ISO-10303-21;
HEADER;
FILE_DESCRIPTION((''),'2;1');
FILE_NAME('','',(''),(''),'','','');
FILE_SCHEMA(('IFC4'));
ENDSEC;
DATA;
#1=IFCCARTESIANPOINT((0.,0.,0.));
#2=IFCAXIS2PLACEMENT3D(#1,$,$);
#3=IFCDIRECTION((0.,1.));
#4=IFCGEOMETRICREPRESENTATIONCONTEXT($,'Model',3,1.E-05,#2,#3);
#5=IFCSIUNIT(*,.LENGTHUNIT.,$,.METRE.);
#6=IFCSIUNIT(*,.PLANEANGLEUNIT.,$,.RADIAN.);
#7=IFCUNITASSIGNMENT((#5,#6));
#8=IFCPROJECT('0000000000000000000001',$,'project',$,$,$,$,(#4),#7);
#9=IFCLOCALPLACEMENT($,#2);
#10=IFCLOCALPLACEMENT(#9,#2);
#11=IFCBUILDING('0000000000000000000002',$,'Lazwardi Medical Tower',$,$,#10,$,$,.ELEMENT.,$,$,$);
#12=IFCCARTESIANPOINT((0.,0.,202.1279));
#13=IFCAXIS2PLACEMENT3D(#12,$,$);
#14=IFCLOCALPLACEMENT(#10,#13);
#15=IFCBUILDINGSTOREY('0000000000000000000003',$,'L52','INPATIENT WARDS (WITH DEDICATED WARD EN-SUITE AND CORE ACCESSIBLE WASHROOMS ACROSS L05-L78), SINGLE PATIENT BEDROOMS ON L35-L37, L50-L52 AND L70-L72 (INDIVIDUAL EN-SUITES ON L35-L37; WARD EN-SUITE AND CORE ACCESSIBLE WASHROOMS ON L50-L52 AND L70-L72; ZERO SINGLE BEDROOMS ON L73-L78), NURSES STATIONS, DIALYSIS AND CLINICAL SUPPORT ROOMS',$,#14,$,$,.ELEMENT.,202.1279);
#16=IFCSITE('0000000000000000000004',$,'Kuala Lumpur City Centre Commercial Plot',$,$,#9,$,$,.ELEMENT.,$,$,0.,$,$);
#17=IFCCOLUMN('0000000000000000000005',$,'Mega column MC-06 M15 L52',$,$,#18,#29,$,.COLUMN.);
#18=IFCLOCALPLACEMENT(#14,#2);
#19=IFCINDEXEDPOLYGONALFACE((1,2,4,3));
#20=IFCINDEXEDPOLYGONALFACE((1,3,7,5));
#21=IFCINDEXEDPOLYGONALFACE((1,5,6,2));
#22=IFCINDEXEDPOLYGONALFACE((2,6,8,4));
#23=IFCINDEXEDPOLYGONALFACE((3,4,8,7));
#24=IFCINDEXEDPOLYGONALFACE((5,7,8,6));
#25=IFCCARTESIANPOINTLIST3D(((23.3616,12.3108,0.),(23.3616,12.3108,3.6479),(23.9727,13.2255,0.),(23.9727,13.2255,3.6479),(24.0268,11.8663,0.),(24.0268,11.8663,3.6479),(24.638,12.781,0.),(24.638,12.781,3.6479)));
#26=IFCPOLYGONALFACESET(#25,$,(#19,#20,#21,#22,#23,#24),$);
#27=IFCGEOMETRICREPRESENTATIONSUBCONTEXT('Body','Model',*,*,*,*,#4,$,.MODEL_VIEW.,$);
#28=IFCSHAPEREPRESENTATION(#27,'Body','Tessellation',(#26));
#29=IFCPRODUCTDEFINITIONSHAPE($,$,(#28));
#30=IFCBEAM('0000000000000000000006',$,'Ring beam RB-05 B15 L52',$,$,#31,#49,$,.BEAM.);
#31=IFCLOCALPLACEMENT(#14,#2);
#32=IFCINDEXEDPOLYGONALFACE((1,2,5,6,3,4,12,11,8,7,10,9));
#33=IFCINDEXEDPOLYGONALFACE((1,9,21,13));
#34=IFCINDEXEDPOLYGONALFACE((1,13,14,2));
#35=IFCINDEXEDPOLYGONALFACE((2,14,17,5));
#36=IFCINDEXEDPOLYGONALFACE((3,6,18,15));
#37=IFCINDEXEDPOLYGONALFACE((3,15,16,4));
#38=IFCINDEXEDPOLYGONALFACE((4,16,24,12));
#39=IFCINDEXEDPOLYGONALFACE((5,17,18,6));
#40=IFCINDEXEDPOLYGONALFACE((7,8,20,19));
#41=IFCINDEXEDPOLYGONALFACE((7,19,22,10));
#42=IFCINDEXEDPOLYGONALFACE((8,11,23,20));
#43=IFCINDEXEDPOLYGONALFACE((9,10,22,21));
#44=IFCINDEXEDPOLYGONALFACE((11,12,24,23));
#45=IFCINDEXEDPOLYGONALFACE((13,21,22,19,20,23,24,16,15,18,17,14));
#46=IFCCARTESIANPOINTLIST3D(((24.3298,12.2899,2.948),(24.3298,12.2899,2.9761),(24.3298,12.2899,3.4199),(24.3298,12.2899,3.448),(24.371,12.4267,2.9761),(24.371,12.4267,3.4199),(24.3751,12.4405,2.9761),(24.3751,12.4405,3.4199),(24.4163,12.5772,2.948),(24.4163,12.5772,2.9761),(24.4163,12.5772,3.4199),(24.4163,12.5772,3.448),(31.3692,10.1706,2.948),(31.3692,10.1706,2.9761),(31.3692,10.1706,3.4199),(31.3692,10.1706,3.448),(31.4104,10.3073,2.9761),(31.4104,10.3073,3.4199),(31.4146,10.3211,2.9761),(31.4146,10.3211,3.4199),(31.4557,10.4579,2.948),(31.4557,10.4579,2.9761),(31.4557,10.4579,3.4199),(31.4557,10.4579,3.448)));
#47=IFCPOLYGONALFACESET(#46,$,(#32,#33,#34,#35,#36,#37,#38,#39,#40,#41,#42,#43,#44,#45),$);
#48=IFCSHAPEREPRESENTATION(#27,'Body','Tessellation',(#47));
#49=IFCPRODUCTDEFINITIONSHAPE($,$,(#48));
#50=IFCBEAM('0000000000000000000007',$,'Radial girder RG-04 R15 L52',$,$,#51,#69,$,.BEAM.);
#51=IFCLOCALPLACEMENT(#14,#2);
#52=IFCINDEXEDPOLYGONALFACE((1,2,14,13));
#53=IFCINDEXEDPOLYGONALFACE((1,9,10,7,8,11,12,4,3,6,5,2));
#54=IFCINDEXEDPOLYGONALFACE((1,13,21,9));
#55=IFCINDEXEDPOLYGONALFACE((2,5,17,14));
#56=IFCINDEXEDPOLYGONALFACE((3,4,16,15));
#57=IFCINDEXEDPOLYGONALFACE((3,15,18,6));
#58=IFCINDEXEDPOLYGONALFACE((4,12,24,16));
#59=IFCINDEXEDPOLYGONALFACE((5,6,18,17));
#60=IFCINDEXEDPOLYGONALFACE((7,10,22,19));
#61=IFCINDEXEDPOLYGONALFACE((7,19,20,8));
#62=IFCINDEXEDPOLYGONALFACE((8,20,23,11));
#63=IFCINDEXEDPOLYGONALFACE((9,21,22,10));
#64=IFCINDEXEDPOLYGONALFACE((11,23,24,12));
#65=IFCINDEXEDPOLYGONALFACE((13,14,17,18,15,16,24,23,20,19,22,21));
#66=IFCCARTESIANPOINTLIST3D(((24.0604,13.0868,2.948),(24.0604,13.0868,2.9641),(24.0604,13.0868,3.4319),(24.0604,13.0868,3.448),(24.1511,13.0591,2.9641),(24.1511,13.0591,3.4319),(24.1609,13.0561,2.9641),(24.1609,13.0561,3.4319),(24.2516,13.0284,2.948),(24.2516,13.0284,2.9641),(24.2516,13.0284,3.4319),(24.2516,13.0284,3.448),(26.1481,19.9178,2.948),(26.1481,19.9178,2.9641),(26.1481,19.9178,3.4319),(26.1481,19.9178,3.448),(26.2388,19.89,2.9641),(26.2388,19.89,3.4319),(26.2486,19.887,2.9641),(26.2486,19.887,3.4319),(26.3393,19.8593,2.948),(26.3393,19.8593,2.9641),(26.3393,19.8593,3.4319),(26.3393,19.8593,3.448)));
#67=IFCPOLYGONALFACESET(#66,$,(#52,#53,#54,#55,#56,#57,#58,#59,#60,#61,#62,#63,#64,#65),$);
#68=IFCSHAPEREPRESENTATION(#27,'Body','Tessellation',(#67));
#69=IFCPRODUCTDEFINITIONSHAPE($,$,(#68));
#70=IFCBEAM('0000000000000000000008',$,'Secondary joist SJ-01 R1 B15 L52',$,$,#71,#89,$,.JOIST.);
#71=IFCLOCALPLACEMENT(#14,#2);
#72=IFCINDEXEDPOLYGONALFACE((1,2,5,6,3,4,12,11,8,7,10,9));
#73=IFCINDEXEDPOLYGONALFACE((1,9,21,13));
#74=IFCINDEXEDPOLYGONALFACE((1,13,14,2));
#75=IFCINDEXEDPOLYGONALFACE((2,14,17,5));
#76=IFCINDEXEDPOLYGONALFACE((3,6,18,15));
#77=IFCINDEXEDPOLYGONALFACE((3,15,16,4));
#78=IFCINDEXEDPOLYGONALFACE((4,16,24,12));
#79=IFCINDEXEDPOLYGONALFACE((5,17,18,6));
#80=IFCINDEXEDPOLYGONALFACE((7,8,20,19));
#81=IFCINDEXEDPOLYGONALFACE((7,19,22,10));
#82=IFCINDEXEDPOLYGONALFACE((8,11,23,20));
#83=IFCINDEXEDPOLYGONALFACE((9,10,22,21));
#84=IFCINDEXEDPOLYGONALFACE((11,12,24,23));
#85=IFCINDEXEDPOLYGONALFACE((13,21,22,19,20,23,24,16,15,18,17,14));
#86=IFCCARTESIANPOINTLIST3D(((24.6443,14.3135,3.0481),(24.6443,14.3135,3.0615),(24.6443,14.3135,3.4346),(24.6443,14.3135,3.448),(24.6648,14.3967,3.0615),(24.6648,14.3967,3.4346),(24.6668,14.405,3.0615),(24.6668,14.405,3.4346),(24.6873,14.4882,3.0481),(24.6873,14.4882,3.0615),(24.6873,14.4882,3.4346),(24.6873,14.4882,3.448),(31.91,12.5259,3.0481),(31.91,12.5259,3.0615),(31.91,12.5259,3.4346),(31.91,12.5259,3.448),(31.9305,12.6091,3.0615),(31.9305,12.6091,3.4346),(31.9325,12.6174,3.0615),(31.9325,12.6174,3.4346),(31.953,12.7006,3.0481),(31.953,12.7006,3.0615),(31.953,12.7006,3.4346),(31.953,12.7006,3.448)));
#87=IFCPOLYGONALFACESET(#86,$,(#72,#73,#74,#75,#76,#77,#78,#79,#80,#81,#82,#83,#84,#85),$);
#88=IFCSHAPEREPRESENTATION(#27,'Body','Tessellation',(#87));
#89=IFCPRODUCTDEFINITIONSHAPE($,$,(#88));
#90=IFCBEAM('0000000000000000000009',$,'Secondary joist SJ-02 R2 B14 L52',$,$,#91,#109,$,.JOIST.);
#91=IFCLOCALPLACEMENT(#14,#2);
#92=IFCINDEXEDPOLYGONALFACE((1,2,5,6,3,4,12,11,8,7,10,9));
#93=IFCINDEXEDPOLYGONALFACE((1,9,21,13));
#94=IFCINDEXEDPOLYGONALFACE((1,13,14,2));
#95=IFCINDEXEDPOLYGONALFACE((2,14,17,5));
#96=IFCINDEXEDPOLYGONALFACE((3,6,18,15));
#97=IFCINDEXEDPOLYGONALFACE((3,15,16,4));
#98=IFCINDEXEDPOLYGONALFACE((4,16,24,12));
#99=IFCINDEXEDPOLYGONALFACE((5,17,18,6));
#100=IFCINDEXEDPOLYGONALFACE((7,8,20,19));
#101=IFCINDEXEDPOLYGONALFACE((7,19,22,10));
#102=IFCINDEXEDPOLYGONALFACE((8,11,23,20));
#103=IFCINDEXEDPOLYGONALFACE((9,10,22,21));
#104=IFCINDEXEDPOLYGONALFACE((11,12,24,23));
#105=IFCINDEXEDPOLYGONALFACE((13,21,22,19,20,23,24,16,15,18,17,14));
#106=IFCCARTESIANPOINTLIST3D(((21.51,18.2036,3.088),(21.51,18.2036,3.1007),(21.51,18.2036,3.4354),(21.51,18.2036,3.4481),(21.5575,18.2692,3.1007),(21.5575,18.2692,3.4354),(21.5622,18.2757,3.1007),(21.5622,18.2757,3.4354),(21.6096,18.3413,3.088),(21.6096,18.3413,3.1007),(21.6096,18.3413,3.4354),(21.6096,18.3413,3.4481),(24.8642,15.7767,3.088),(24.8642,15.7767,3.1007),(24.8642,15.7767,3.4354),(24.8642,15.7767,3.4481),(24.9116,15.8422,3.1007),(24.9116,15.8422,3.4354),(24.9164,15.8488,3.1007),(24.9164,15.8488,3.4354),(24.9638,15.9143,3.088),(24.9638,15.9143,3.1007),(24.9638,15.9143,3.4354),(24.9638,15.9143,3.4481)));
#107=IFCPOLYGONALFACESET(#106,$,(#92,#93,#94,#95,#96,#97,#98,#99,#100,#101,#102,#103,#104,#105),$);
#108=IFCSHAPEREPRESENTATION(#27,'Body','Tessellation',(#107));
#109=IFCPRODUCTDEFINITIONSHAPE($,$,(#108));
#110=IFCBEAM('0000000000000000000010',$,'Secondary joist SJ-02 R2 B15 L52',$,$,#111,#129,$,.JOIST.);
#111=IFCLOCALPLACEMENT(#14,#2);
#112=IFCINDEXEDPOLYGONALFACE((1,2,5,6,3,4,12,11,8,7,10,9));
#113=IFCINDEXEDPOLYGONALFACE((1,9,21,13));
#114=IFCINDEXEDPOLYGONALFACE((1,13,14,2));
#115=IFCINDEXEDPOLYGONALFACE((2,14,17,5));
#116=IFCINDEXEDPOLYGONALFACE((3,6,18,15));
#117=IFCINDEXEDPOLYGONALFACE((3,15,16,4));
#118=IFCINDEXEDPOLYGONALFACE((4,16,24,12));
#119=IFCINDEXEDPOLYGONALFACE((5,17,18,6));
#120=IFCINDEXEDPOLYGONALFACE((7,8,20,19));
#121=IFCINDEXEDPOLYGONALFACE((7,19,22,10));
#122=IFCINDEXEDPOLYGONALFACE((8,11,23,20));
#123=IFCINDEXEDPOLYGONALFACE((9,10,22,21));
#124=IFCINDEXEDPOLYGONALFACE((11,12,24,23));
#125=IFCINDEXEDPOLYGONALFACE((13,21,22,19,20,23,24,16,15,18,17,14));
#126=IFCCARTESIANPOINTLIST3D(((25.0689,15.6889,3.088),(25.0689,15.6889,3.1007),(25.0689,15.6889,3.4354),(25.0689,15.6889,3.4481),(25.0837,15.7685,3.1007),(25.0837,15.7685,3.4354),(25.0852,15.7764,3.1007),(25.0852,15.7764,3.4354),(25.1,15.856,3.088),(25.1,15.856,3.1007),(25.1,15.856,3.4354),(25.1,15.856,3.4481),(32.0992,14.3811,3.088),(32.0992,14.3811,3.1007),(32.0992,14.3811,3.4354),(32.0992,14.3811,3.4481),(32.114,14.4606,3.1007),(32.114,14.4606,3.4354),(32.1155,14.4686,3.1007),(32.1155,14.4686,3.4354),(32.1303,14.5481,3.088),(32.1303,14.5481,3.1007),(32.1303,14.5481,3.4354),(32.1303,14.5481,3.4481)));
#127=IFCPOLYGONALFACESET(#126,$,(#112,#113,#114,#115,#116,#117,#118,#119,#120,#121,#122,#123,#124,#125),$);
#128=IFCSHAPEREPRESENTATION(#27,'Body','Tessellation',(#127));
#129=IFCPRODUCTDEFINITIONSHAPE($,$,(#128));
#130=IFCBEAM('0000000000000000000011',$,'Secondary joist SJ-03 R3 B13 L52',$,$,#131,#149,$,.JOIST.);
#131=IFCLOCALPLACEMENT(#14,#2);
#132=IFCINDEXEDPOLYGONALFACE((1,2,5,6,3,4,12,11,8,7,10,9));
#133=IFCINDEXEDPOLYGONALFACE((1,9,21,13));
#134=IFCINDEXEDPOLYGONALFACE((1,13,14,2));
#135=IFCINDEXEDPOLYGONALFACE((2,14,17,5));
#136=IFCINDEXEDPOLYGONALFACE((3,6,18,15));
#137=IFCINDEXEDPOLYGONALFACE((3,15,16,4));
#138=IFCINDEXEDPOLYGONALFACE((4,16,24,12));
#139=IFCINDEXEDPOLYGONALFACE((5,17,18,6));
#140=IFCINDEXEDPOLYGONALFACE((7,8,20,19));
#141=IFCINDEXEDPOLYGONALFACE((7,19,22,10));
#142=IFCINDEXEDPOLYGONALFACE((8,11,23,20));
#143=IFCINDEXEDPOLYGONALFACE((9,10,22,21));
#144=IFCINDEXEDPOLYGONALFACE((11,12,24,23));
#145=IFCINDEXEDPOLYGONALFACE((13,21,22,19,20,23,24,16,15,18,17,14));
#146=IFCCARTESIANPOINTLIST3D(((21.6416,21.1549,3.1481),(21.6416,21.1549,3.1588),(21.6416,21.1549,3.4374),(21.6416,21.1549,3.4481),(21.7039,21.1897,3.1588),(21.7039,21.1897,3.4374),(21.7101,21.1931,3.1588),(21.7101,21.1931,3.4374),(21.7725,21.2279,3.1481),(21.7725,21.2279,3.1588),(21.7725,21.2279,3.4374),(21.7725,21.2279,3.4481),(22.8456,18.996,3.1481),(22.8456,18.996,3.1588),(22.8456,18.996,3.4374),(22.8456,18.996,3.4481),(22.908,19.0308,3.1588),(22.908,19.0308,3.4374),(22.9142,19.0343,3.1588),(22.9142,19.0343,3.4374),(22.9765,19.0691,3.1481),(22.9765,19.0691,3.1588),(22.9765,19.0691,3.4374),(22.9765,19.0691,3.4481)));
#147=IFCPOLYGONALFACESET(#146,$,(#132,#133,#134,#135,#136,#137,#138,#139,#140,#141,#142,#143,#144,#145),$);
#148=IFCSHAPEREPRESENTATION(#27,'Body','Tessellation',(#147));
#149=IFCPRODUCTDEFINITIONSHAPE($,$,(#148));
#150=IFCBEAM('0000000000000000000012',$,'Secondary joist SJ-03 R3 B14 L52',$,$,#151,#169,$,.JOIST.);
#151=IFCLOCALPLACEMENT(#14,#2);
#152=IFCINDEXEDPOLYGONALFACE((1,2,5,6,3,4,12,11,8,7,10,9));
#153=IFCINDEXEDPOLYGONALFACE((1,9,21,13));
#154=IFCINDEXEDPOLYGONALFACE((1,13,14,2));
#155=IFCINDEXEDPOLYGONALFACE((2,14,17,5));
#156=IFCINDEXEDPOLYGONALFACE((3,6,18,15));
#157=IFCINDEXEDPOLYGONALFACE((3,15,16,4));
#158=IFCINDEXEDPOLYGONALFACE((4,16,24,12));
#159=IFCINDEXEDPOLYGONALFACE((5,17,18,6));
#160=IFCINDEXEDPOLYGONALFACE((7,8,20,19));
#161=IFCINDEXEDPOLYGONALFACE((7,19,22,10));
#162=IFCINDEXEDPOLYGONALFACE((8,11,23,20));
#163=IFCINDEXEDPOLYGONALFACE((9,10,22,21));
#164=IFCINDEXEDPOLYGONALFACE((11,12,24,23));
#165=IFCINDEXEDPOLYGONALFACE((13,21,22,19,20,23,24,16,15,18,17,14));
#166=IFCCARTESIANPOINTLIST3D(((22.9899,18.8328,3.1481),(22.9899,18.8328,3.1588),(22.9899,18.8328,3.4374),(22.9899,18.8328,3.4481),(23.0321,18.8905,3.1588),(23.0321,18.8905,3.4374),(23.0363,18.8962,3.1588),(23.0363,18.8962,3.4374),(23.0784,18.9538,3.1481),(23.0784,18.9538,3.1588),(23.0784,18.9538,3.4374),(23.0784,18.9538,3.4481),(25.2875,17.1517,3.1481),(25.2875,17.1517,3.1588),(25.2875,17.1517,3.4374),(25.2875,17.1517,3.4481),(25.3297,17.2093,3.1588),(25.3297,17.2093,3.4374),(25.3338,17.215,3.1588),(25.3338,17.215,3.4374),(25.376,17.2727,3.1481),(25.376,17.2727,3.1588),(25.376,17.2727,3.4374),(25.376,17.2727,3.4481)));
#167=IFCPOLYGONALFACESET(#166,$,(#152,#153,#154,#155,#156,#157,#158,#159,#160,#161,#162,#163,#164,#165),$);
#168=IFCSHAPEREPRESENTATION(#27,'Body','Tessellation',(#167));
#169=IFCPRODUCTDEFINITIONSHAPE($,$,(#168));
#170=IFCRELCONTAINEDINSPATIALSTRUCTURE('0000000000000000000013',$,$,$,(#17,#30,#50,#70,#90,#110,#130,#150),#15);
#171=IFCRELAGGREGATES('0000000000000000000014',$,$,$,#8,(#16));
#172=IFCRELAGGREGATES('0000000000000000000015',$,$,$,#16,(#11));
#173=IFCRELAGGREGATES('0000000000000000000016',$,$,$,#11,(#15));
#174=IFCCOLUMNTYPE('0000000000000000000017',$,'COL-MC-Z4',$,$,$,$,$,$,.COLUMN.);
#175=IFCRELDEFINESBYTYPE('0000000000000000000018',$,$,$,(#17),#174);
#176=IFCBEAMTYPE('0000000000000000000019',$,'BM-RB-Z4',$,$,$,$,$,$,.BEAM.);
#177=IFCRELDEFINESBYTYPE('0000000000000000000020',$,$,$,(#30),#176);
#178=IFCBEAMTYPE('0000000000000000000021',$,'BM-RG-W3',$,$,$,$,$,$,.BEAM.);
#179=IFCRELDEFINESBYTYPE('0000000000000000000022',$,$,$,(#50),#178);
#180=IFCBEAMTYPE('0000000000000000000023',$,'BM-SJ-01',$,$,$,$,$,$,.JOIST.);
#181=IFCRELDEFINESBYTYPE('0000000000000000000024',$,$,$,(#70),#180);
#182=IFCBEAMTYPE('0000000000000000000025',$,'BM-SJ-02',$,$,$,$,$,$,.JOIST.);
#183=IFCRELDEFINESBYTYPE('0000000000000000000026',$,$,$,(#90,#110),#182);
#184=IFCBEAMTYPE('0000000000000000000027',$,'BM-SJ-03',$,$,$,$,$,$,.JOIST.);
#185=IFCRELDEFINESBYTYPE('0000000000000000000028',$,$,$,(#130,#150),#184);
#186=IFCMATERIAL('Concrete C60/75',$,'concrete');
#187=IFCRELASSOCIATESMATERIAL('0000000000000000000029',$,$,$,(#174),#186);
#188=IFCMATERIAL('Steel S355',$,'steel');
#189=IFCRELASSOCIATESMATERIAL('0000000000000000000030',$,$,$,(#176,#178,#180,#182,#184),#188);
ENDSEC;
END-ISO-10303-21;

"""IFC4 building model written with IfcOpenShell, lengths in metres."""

from ifc_helpers import new_model, si_unit, direction, frame, origin, origin_2d, place, context, subcontext, project, spatial, rectangle, i_section, extrude, material, material_profile, profile_set, type_object, element, save


model = new_model("IFC4")

# Units and contexts
model_context = context("Model", 3, precision=1e-05, world=origin(), true_north=direction((0.0, 1.0)))
body_context = subcontext(model_context, "Body", "Model", "MODEL_VIEW")
ifc_project = project(units=[si_unit("LENGTHUNIT", "METRE"), si_unit("PLANEANGLEUNIT", "RADIAN")], contexts=[model_context])

# Site, building, storey
site_placement = place(None, origin())
site = spatial("IfcSite", under=ifc_project, at=site_placement, Name="Kuala Lumpur City Centre Commercial Plot", CompositionType="ELEMENT", RefElevation=0.0)
building_placement = place(site_placement, origin())
building = spatial("IfcBuilding", under=site, at=building_placement, Name="Lazwardi Medical Tower", CompositionType="ELEMENT")
storey_placement = place(building_placement, frame((0.0, 0.0, 202.1279)))
storey = spatial("IfcBuildingStorey", under=building, at=storey_placement, Name="L52", Description="INPATIENT WARDS (WITH DEDICATED WARD EN-SUITE AND CORE ACCESSIBLE WASHROOMS ACROSS L05-L78), SINGLE PATIENT BEDROOMS ON L35-L37, L50-L52 AND L70-L72 (INDIVIDUAL EN-SUITES ON L35-L37; WARD EN-SUITE AND CORE ACCESSIBLE WASHROOMS ON L50-L52 AND L70-L72; ZERO SINGLE BEDROOMS ON L73-L78), NURSES STATIONS, DIALYSIS AND CLINICAL SUPPORT ROOMS", CompositionType="ELEMENT", Elevation=202.1279)

# Column
ifc_material_1 = material(Name="Concrete C60/75", Category="concrete")
ifc_material_profile_1 = material_profile(ifc_material_1, rectangle(XDim=1.1001, YDim=0.8, at=origin_2d()), Name="CFT-RECT 1100x800")
ifc_profile_set_1 = profile_set([ifc_material_profile_1], Name="Concrete C60/75")
column_type = type_object("IfcColumnType", Name="COL-MC-Z4", PredefinedType="COLUMN", material=ifc_profile_set_1)
column_placement = place(storey_placement, frame((23.9998, 12.5459, 0.0), z_axis=(0.0, 0.0, 1.0), x_axis=(-0.55557, -0.83147, 0.0)))
element("IfcColumn", 1, at=column_placement, inside=storey, type_object=column_type, Name="Mega column MC-06 M15 L52", PredefinedType="COLUMN", context=body_context, shape_type="SweptSolid", body=[
    extrude(rectangle(XDim=1.1001, YDim=0.8, at=origin_2d()), origin(), (0.0, 0.0, 1.0), 3.6479),
])

# Beams
ifc_material_2 = material(Name="Steel S355", Category="steel")
ifc_material_profile_2 = material_profile(ifc_material_2, i_section(OverallWidth=0.3, OverallDepth=0.5, WebThickness=0.0144, FlangeThickness=0.0281, at=origin_2d()), Name="HEB 500")
ifc_profile_set_2 = profile_set([ifc_material_profile_2], Name="Steel S355")
beam_type_1 = type_object("IfcBeamType", Name="BM-RB-Z4", PredefinedType="BEAM", material=ifc_profile_set_2)
beam_1_placement = place(storey_placement, frame((24.373, 12.4336, 3.198), z_axis=(0.957544, -0.288286, 0.0), x_axis=(0.288286, 0.957544, 0.0)))
element("IfcBeam", 2, at=beam_1_placement, inside=storey, type_object=beam_type_1, Name="Ring beam RB-05 B15 L52", PredefinedType="BEAM", context=body_context, shape_type="SweptSolid", body=[
    extrude(i_section(OverallWidth=0.3, OverallDepth=0.5, WebThickness=0.0144, FlangeThickness=0.0281, at=origin_2d()), origin(), (0.0, 0.0, 1.0), 7.3516),
])
ifc_material_profile_3 = material_profile(ifc_material_2, i_section(OverallWidth=0.2, OverallDepth=0.5, WebThickness=0.0103, FlangeThickness=0.0161, at=origin_2d()), Name="IPE 500")
ifc_profile_set_3 = profile_set([ifc_material_profile_3], Name="Steel S355")
beam_type_2 = type_object("IfcBeamType", Name="BM-RG-W3", PredefinedType="BEAM", material=ifc_profile_set_3)
beam_2_placement = place(storey_placement, frame((24.156, 13.0576, 3.198), z_axis=(0.292277, 0.956334, 0.0), x_axis=(-0.956334, 0.292277, 0.0)))
element("IfcBeam", 3, at=beam_2_placement, inside=storey, type_object=beam_type_2, Name="Radial girder RG-04 R15 L52", PredefinedType="BEAM", context=body_context, shape_type="SweptSolid", body=[
    extrude(i_section(OverallWidth=0.2, OverallDepth=0.5, WebThickness=0.0103, FlangeThickness=0.0161, at=origin_2d()), origin(), (0.0, 0.0, 1.0), 7.1428),
])
ifc_material_profile_4 = material_profile(ifc_material_2, i_section(OverallWidth=0.1799, OverallDepth=0.3999, WebThickness=0.0085, FlangeThickness=0.0134, at=origin_2d()), Name="IPE 400")
ifc_profile_set_4 = profile_set([ifc_material_profile_4], Name="Steel S355")
beam_type_3 = type_object("IfcBeamType", Name="BM-SJ-01", PredefinedType="JOIST", material=ifc_profile_set_4)
beam_3_placement = place(storey_placement, frame((24.6658, 14.4009, 3.248), z_axis=(0.971042, -0.23891, 0.0), x_axis=(0.23891, 0.971042, 0.0)))
element("IfcBeam", 4, at=beam_3_placement, inside=storey, type_object=beam_type_3, Name="Secondary joist SJ-01 R1 B15 L52", PredefinedType="JOIST", context=body_context, shape_type="SweptSolid", body=[
    extrude(i_section(OverallWidth=0.1799, OverallDepth=0.3999, WebThickness=0.0085, FlangeThickness=0.0134, at=origin_2d()), origin(), (0.0, 0.0, 1.0), 7.4824),
])
ifc_material_profile_5 = material_profile(ifc_material_2, i_section(OverallWidth=0.1699, OverallDepth=0.3601, WebThickness=0.0081, FlangeThickness=0.0127, at=origin_2d()), Name="IPE 360")
ifc_profile_set_5 = profile_set([ifc_material_profile_5], Name="Steel S355")
beam_type_4 = type_object("IfcBeamType", Name="BM-SJ-02", PredefinedType="JOIST", material=ifc_profile_set_5)
beam_4_placement = place(storey_placement, frame((21.5598, 18.2725, 3.2681), z_axis=(0.810164, -0.586203, 0.0), x_axis=(0.586203, 0.810164, 0.0)))
element("IfcBeam", 5, at=beam_4_placement, inside=storey, type_object=beam_type_4, Name="Secondary joist SJ-02 R2 B14 L52", PredefinedType="JOIST", context=body_context, shape_type="SweptSolid", body=[
    extrude(i_section(OverallWidth=0.1699, OverallDepth=0.3601, WebThickness=0.0081, FlangeThickness=0.0127, at=origin_2d()), origin(), (0.0, 0.0, 1.0), 4.1401),
])
beam_5_placement = place(storey_placement, frame((25.0845, 15.7725, 3.2681), z_axis=(0.983132, -0.182895, 0.0), x_axis=(0.182895, 0.983132, 0.0)))
element("IfcBeam", 6, at=beam_5_placement, inside=storey, type_object=beam_type_4, Name="Secondary joist SJ-02 R2 B15 L52", PredefinedType="JOIST", context=body_context, shape_type="SweptSolid", body=[
    extrude(i_section(OverallWidth=0.1699, OverallDepth=0.3601, WebThickness=0.0081, FlangeThickness=0.0127, at=origin_2d()), origin(), (0.0, 0.0, 1.0), 7.1509),
])
ifc_material_profile_6 = material_profile(ifc_material_2, i_section(OverallWidth=0.1499, OverallDepth=0.3, WebThickness=0.0071, FlangeThickness=0.0107, at=origin_2d()), Name="IPE 300")
ifc_profile_set_6 = profile_set([ifc_material_profile_6], Name="Steel S355")
beam_type_5 = type_object("IfcBeamType", Name="BM-SJ-03", PredefinedType="JOIST", material=ifc_profile_set_6)
beam_6_placement = place(storey_placement, frame((21.707, 21.1914, 3.2981), z_axis=(0.487093, -0.87335, 0.0), x_axis=(0.87335, 0.487093, 0.0)))
element("IfcBeam", 7, at=beam_6_placement, inside=storey, type_object=beam_type_5, Name="Secondary joist SJ-03 R3 B13 L52", PredefinedType="JOIST", context=body_context, shape_type="SweptSolid", body=[
    extrude(i_section(OverallWidth=0.1499, OverallDepth=0.3, WebThickness=0.0071, FlangeThickness=0.0107, at=origin_2d()), origin(), (0.0, 0.0, 1.0), 2.4719),
])
beam_7_placement = place(storey_placement, frame((23.0342, 18.8933, 3.2981), z_axis=(0.807034, -0.590505, 0.0), x_axis=(0.590505, 0.807034, 0.0)))
element("IfcBeam", 8, at=beam_7_placement, inside=storey, type_object=beam_type_5, Name="Secondary joist SJ-03 R3 B14 L52", PredefinedType="JOIST", context=body_context, shape_type="SweptSolid", body=[
    extrude(i_section(OverallWidth=0.1499, OverallDepth=0.3, WebThickness=0.0071, FlangeThickness=0.0107, at=origin_2d()), origin(), (0.0, 0.0, 1.0), 2.8469),
])

save(model, "model.ifc")
